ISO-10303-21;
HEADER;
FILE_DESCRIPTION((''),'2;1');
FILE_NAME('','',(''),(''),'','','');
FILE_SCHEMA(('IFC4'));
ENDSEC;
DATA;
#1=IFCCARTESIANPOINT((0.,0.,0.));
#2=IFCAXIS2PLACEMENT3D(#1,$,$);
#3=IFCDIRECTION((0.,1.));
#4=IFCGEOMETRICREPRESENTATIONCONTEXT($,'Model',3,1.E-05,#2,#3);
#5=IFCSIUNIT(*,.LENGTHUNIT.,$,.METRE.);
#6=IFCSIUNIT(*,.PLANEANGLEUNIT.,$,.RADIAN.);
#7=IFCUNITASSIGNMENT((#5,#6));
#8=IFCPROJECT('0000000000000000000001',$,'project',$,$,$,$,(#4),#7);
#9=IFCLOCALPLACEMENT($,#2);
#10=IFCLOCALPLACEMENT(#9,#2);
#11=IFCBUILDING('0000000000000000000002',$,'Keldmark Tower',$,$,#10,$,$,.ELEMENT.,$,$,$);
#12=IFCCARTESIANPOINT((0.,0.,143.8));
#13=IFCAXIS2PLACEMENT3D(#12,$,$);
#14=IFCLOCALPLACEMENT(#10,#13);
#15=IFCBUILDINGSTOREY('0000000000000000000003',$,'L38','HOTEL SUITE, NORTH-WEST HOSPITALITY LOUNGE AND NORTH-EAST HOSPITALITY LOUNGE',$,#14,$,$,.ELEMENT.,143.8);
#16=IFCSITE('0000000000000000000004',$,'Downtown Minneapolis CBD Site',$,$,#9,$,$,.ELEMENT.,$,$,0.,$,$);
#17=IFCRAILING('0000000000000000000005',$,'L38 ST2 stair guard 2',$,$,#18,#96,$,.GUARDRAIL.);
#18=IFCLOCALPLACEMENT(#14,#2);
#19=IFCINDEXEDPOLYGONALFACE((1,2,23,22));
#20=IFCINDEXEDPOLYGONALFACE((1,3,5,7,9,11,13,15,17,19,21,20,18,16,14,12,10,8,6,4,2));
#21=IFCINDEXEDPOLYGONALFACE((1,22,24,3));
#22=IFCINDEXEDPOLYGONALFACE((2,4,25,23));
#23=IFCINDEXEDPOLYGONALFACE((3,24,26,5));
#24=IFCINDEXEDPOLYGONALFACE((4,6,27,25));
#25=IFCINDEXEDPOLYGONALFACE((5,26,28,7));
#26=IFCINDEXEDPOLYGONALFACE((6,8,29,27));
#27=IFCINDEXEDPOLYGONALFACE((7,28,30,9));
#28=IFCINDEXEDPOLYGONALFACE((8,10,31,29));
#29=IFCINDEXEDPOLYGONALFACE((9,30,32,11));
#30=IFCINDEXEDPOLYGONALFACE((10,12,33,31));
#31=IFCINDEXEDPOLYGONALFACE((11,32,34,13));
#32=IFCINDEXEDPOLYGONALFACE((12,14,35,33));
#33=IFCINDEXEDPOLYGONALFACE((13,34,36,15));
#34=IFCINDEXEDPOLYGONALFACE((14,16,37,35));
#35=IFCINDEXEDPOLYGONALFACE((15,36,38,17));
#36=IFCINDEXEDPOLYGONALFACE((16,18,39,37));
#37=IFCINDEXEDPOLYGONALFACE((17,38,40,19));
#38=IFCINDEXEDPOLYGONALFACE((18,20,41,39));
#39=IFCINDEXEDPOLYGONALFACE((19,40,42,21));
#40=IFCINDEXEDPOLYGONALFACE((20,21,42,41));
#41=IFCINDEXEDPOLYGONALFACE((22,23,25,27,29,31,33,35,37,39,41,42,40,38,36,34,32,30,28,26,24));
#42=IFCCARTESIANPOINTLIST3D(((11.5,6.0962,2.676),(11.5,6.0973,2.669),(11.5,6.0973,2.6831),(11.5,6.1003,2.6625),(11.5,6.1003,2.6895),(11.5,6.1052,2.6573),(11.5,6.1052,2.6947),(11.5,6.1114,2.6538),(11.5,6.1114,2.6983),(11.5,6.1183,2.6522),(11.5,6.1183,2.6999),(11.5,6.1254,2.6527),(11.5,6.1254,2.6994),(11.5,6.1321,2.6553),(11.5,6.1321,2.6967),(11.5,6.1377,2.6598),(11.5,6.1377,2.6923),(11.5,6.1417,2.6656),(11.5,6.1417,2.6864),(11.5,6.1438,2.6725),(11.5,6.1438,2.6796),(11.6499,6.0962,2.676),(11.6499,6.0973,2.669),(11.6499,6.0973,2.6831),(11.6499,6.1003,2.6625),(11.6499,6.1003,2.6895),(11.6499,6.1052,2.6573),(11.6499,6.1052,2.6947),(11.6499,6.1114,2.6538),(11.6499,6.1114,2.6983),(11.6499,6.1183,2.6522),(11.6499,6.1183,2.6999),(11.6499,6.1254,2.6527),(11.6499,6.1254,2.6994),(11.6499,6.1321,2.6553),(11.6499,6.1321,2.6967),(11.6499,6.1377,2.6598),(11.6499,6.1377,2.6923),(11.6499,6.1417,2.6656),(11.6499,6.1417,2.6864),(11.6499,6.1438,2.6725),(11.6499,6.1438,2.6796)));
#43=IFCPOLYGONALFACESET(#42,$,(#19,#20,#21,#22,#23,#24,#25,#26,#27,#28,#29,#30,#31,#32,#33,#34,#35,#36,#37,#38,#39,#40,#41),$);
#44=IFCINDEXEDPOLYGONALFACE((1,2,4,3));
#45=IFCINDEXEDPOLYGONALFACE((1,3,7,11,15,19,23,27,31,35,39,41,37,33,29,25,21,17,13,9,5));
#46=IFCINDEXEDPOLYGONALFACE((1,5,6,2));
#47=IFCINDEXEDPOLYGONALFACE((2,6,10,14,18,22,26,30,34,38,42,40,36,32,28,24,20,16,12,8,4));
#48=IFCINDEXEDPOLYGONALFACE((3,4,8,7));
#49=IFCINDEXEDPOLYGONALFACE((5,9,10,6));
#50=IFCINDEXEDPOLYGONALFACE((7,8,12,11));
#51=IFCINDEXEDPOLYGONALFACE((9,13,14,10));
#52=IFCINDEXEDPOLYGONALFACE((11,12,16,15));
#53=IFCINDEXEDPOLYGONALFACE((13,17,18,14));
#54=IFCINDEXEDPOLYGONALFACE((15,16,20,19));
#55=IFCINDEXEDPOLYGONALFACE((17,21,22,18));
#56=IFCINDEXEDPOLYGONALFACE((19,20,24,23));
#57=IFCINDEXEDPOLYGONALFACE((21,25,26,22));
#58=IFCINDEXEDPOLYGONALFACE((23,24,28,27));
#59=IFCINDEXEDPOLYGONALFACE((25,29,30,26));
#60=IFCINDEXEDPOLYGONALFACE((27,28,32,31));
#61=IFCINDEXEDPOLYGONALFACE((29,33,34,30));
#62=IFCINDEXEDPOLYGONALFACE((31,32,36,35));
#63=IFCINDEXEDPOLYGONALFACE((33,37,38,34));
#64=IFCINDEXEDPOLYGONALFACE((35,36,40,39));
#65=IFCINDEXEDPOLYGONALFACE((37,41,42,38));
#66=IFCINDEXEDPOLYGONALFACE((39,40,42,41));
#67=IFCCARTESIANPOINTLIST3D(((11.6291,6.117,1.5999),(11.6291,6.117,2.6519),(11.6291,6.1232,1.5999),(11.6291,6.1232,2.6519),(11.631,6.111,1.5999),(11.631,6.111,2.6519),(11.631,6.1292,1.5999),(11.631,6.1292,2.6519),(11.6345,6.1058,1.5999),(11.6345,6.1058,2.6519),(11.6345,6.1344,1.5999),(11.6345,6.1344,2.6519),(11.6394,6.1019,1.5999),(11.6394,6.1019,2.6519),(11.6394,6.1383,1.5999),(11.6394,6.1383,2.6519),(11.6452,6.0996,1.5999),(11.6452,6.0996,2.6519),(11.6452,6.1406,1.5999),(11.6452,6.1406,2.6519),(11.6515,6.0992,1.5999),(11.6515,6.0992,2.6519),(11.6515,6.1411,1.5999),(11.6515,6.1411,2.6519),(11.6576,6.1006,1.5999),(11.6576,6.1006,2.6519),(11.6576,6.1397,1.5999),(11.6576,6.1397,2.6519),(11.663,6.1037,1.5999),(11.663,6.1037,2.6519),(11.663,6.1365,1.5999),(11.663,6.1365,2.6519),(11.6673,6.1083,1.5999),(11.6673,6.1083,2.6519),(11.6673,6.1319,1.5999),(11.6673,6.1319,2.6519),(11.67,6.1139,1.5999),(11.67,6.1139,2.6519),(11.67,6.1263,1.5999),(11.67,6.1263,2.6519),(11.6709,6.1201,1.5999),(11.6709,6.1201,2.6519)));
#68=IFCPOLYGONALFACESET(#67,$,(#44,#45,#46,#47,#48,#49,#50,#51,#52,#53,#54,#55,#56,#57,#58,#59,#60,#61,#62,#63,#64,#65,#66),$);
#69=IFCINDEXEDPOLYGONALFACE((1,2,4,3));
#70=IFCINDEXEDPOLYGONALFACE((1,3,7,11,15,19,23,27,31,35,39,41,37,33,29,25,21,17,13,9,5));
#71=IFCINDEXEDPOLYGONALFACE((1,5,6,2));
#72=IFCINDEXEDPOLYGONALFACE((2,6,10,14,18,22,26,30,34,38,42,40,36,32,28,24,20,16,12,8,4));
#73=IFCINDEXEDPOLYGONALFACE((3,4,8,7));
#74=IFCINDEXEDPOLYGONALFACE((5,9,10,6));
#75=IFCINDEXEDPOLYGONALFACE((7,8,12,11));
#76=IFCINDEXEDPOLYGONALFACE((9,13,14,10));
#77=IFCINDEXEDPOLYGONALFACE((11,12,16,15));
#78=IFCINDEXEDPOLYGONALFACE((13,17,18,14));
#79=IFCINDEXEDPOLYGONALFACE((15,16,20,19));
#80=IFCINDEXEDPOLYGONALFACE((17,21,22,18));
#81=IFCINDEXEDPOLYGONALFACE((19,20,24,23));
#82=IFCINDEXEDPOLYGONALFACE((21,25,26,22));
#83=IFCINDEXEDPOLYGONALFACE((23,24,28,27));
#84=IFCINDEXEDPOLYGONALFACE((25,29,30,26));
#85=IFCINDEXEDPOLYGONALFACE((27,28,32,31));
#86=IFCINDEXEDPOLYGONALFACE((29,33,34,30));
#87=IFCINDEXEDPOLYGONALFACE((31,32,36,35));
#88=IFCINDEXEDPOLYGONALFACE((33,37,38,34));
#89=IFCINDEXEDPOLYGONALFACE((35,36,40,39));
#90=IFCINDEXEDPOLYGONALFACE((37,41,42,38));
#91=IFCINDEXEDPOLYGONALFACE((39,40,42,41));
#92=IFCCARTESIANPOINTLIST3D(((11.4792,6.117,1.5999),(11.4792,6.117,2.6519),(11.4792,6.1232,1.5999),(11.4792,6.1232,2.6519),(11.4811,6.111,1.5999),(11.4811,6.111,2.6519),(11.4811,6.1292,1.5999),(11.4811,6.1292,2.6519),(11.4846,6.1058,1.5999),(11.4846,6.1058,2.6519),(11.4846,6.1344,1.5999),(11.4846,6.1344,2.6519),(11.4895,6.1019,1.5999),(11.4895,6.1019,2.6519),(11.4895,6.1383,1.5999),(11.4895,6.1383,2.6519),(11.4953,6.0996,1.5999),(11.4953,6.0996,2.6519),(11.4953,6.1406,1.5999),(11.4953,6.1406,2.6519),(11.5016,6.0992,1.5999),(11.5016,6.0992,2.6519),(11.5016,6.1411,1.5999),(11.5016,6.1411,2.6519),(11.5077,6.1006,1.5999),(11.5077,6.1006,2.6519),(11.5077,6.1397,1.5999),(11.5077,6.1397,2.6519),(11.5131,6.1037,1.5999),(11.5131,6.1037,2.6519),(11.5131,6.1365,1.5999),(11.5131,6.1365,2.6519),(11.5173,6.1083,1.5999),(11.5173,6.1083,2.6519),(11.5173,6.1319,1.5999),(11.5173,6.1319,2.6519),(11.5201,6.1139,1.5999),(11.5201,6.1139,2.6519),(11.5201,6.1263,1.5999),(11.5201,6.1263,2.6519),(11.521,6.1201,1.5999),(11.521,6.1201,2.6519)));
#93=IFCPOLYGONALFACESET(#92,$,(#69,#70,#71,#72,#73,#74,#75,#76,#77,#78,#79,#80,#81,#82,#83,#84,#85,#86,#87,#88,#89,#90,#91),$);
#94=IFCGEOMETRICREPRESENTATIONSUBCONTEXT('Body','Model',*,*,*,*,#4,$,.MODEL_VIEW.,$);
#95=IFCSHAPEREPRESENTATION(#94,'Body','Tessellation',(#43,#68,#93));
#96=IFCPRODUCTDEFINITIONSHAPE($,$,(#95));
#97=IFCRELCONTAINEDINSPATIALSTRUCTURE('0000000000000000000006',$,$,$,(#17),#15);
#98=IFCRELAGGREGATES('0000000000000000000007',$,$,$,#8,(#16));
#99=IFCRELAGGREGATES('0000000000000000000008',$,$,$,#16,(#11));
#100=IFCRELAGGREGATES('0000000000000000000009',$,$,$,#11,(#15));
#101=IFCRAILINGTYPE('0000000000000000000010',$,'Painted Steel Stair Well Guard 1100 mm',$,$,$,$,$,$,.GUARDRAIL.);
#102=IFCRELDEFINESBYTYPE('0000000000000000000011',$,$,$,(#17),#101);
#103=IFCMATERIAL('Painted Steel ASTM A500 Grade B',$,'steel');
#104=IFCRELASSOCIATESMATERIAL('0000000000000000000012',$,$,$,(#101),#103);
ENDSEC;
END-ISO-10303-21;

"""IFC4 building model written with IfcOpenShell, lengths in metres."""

from ifc_helpers import new_model, si_unit, direction, frame, origin, origin_2d, place, context, subcontext, project, spatial, circle, extrude, material, type_object, element, save


model = new_model("IFC4")

# Units and contexts
model_context = context("Model", 3, precision=1e-05, world=origin(), true_north=direction((0.0, 1.0)))
body_context = subcontext(model_context, "Body", "Model", "MODEL_VIEW")
ifc_project = project(units=[si_unit("LENGTHUNIT", "METRE"), si_unit("PLANEANGLEUNIT", "RADIAN")], contexts=[model_context])

# Site, building, storey
site_placement = place(None, origin())
site = spatial("IfcSite", under=ifc_project, at=site_placement, Name="Downtown Minneapolis CBD Site", CompositionType="ELEMENT", RefElevation=0.0)
building_placement = place(site_placement, origin())
building = spatial("IfcBuilding", under=site, at=building_placement, Name="Keldmark Tower", CompositionType="ELEMENT")
storey_placement = place(building_placement, frame((0.0, 0.0, 143.8)))
storey = spatial("IfcBuildingStorey", under=building, at=storey_placement, Name="L38", Description="HOTEL SUITE, NORTH-WEST HOSPITALITY LOUNGE AND NORTH-EAST HOSPITALITY LOUNGE", CompositionType="ELEMENT", Elevation=143.8)

# Railing
ifc_material_1 = material(Name="Painted Steel ASTM A500 Grade B", Category="steel")
railing_type_1 = type_object("IfcRailingType", Name="Painted Steel Stair Well Guard 1100 mm", PredefinedType="GUARDRAIL", material=ifc_material_1)
railing_1_placement = place(storey_placement, frame((11.6499, 6.1201, 1.5999)))
element("IfcRailing", 1, at=railing_1_placement, inside=storey, type_object=railing_type_1, Name="L38 ST2 stair guard 2", PredefinedType="GUARDRAIL", context=body_context, shape_type="SweptSolid", body=[
    extrude(circle(Radius=0.0239, at=origin_2d()), frame((0.0, 0.0, 1.0762), z_axis=(-1.0, 0.0, 0.0), x_axis=(0.0, -1.0, 0.0)), (0.0, 0.0, 1.0), 0.1499),
    extrude(circle(Radius=0.021, at=origin_2d()), origin(), (0.0, 0.0, 1.0), 1.052),
    extrude(circle(Radius=0.021, at=origin_2d()), frame((-0.1499, 0.0, 0.0)), (0.0, 0.0, 1.0), 1.052),
])

save(model, "model.ifc")
